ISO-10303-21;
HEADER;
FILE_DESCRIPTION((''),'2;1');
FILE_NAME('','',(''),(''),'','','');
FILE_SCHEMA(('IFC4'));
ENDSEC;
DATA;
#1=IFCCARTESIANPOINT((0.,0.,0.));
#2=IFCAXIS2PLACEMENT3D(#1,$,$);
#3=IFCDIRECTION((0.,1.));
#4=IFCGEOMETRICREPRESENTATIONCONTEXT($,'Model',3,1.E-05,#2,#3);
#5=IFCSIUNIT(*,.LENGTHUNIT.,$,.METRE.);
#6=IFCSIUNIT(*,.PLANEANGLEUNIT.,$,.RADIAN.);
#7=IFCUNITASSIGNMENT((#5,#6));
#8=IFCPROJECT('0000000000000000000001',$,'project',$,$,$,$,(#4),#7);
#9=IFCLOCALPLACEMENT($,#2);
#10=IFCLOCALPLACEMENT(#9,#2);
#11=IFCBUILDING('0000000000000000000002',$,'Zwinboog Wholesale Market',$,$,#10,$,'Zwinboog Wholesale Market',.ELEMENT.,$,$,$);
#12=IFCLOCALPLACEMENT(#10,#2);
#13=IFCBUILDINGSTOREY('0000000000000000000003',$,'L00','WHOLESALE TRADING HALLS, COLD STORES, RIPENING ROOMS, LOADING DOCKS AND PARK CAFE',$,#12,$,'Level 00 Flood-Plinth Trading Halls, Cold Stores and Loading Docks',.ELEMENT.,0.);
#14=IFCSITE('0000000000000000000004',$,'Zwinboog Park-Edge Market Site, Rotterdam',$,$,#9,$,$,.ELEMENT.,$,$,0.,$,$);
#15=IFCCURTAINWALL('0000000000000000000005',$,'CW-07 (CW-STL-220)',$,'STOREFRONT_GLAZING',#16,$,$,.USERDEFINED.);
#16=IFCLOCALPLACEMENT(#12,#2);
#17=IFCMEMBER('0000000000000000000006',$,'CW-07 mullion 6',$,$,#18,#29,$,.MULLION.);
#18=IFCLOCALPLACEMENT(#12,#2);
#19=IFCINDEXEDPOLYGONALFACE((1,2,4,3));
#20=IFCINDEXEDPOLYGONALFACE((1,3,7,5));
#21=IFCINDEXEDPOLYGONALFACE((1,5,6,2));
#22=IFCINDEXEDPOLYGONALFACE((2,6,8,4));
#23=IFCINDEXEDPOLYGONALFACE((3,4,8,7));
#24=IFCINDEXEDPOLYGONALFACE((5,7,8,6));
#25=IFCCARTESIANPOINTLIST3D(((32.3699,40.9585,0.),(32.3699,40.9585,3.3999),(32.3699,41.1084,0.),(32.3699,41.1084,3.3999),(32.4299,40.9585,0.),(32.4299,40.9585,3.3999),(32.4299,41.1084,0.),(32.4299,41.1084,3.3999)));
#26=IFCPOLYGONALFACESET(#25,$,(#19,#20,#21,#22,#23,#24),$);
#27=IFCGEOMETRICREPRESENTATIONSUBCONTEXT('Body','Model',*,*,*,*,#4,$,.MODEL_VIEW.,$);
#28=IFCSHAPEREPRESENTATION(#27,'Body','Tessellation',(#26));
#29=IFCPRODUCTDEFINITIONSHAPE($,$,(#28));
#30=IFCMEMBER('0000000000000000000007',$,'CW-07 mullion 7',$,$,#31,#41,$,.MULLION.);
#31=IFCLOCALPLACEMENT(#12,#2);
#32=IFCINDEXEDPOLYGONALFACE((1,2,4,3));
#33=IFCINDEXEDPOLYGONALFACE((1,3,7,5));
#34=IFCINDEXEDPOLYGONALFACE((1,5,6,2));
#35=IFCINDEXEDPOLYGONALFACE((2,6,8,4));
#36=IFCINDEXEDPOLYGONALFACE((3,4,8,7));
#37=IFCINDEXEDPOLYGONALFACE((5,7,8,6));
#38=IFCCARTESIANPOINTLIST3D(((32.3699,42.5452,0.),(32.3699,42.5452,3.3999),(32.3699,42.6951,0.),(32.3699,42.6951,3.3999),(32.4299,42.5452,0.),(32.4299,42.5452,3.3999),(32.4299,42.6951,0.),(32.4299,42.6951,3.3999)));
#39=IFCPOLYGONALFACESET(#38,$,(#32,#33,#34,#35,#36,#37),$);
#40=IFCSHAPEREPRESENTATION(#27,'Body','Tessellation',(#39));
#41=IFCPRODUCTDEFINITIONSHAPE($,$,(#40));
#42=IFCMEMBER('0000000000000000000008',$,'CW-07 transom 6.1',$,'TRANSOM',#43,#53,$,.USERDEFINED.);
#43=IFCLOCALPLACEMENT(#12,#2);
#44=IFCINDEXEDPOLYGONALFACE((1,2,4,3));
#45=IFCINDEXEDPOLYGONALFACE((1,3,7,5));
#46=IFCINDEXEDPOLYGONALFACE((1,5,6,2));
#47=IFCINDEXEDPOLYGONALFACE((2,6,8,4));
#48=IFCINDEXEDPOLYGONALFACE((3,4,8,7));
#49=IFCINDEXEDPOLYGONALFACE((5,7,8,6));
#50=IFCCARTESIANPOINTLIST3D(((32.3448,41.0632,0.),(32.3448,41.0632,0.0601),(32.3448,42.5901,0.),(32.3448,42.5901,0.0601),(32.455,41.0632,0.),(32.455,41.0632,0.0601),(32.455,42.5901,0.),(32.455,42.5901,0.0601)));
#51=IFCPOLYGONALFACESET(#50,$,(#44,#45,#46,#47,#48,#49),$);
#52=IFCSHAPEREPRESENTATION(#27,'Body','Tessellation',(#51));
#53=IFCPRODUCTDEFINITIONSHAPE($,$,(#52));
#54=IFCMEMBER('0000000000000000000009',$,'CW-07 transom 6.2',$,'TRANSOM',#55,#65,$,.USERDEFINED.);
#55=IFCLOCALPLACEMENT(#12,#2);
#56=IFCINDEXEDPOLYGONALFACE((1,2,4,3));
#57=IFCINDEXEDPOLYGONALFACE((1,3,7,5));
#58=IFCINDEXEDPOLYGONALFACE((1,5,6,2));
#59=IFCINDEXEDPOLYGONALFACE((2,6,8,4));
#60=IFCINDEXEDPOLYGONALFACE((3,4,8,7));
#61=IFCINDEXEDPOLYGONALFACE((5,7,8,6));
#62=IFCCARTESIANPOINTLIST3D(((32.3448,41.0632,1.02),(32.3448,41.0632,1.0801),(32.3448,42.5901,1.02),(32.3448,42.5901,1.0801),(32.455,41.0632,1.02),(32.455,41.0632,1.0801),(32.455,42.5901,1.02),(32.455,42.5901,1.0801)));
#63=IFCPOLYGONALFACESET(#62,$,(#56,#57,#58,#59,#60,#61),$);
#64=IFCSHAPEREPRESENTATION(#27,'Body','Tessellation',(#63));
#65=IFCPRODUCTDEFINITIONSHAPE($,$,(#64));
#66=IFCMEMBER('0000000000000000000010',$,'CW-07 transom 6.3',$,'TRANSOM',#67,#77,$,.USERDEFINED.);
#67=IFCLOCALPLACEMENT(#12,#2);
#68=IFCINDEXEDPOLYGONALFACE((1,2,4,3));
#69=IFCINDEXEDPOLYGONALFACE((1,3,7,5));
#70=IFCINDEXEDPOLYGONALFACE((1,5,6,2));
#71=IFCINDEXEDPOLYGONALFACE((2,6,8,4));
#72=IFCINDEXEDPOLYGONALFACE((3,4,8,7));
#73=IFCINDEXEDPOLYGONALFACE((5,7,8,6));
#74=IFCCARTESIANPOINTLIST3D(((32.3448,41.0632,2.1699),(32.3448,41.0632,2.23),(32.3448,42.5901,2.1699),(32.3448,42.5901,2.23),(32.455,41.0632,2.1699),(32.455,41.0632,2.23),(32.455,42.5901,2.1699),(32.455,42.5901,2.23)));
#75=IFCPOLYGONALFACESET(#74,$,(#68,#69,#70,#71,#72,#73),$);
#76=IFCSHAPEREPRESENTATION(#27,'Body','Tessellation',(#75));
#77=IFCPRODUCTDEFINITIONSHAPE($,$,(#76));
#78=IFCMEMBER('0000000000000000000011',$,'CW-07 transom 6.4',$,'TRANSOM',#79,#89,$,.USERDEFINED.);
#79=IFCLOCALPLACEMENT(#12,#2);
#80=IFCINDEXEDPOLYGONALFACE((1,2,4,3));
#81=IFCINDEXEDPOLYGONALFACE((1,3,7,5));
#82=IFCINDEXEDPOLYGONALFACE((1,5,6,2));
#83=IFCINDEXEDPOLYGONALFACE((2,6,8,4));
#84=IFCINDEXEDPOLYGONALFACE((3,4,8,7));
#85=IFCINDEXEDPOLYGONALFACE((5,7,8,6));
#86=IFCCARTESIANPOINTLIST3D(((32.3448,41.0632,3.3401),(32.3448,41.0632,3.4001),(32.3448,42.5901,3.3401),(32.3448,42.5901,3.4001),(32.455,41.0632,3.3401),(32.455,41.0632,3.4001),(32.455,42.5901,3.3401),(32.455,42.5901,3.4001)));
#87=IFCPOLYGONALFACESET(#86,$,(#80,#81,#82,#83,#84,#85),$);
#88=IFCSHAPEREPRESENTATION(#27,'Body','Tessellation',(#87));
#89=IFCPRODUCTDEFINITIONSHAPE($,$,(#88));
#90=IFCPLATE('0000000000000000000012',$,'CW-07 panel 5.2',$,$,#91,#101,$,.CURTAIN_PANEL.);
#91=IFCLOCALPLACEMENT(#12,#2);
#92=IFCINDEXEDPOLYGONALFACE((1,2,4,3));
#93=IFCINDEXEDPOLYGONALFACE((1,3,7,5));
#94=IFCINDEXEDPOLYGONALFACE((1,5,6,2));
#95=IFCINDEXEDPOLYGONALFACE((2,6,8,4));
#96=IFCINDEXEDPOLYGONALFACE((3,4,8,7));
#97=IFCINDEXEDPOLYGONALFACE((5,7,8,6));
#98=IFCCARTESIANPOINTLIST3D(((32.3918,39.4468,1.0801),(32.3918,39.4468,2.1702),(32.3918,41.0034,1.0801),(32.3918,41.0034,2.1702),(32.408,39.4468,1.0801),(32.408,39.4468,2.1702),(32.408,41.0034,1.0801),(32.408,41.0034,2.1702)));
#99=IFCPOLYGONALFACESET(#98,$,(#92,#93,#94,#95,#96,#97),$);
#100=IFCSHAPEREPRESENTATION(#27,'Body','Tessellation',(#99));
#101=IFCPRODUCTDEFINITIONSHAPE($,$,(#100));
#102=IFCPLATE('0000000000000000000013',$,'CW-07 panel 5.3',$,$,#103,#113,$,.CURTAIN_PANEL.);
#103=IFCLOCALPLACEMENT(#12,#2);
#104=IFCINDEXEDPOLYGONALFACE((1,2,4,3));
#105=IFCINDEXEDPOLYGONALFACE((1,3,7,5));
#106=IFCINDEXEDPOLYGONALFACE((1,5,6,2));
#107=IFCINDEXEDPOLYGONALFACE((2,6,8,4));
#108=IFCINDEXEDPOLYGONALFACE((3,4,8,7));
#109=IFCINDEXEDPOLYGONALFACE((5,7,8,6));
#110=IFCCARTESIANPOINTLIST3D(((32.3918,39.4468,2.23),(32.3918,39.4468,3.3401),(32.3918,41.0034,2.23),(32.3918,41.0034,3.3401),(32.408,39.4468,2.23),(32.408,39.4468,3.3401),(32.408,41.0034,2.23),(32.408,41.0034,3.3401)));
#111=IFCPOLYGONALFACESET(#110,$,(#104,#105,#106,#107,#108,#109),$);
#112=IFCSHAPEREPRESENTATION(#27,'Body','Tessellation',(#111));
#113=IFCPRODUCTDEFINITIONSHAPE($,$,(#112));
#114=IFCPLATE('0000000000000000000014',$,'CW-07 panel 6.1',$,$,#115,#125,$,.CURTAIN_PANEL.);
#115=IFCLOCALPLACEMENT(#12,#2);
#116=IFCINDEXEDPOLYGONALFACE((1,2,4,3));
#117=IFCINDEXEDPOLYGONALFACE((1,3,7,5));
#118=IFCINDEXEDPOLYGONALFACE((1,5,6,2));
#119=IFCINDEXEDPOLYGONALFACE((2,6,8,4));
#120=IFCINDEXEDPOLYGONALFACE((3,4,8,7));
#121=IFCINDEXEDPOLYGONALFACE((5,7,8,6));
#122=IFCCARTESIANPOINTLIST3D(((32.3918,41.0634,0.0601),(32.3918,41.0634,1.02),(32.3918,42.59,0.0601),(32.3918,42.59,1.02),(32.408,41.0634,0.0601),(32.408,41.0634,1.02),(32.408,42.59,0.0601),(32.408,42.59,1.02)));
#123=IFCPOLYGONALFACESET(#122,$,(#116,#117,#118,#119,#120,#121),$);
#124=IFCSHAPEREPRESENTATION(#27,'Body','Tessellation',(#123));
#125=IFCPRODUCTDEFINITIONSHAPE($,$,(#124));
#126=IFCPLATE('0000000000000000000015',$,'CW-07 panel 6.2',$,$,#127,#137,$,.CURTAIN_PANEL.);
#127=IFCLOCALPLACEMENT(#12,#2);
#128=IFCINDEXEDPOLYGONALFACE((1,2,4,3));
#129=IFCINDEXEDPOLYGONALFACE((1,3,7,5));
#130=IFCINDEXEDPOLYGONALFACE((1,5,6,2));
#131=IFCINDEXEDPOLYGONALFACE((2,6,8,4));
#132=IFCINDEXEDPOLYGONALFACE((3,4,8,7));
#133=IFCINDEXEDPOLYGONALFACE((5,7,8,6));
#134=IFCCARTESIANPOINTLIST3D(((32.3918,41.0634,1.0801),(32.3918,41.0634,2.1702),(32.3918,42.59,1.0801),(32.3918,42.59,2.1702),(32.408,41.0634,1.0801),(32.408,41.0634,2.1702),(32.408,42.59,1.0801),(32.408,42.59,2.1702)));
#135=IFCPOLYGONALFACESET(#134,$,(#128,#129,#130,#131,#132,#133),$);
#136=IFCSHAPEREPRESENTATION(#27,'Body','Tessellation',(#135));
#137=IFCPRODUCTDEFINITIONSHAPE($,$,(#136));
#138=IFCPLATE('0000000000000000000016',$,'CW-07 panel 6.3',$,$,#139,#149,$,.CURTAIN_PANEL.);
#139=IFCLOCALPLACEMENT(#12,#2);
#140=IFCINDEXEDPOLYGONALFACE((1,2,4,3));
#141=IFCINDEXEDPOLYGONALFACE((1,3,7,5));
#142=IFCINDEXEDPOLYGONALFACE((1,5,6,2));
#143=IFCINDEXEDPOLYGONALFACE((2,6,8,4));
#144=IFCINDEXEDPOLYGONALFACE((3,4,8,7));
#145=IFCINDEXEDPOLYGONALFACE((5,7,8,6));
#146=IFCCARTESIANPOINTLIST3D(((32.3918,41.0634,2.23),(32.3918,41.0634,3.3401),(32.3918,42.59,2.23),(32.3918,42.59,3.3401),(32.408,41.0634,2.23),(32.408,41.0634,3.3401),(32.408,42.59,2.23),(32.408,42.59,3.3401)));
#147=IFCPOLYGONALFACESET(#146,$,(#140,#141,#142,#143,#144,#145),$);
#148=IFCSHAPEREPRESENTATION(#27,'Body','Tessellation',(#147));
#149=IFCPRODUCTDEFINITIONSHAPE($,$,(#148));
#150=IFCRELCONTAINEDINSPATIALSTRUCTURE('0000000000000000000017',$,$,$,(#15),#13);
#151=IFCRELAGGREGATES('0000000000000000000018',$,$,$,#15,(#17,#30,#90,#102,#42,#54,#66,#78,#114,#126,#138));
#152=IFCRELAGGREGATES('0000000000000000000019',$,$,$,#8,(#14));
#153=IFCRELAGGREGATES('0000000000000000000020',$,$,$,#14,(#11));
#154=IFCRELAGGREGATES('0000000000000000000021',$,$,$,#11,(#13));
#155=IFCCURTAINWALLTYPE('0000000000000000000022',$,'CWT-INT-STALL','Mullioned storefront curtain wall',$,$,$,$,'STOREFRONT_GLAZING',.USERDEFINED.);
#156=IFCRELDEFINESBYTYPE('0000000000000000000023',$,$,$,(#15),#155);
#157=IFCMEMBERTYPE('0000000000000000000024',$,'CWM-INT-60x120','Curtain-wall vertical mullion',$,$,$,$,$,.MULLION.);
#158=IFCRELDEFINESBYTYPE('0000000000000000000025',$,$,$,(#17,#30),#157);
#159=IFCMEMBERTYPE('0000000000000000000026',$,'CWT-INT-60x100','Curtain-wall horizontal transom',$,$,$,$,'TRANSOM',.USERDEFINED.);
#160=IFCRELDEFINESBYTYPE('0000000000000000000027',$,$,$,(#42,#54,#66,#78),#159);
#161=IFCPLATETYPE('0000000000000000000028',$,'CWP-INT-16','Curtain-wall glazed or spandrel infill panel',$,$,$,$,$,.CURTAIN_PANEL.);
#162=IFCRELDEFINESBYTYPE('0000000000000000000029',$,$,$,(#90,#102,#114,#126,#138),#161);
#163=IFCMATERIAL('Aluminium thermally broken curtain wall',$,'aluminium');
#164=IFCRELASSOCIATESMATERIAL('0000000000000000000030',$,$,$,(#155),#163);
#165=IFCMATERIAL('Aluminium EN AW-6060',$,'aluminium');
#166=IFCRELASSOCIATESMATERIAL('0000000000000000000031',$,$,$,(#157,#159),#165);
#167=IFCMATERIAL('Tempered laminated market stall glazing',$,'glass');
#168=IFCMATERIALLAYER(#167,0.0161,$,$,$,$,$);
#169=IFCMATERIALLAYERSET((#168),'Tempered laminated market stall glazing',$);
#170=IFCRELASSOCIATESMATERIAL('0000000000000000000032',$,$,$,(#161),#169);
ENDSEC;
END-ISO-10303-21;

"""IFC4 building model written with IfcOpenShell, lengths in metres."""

from ifc_helpers import new_model, si_unit, direction, frame, origin, origin_2d, place, context, subcontext, project, spatial, rectangle, extrude, material, layer, layer_set, material_profile, profile_set, type_object, element, aggregate, save


model = new_model("IFC4")

# Units and contexts
model_context = context("Model", 3, precision=1e-05, world=origin(), true_north=direction((0.0, 1.0)))
body_context = subcontext(model_context, "Body", "Model", "MODEL_VIEW")
ifc_project = project(units=[si_unit("LENGTHUNIT", "METRE"), si_unit("PLANEANGLEUNIT", "RADIAN")], contexts=[model_context])

# Site, building, storey
site_placement = place(None, origin())
site = spatial("IfcSite", under=ifc_project, at=site_placement, Name="Zwinboog Park-Edge Market Site, Rotterdam", CompositionType="ELEMENT", RefElevation=0.0)
building_placement = place(site_placement, origin())
building = spatial("IfcBuilding", under=site, at=building_placement, Name="Zwinboog Wholesale Market", LongName="Zwinboog Wholesale Market", CompositionType="ELEMENT")
storey_placement = place(building_placement, origin())
storey = spatial("IfcBuildingStorey", under=building, at=storey_placement, Name="L00", Description="WHOLESALE TRADING HALLS, COLD STORES, RIPENING ROOMS, LOADING DOCKS AND PARK CAFE", LongName="Level 00 Flood-Plinth Trading Halls, Cold Stores and Loading Docks", CompositionType="ELEMENT", Elevation=0.0)

# Curtain wall, members, plates
ifc_material_1 = material(Name="Aluminium thermally broken curtain wall", Category="aluminium")
curtain_wall_type = type_object("IfcCurtainWallType", Name="CWT-INT-STALL", Description="Mullioned storefront curtain wall", ElementType="STOREFRONT_GLAZING", PredefinedType="USERDEFINED", material=ifc_material_1)
curtain_wall_placement = place(storey_placement, origin())
curtain_wall = element("IfcCurtainWall", 1, at=curtain_wall_placement, inside=storey, type_object=curtain_wall_type, Name="CW-07 (CW-STL-220)", ObjectType="STOREFRONT_GLAZING", PredefinedType="USERDEFINED")
ifc_material_2 = material(Name="Aluminium EN AW-6060", Category="aluminium")
ifc_material_profile_1 = material_profile(ifc_material_2, rectangle(XDim=0.0601, YDim=0.1499, at=origin_2d()), Name="AL 60x150")
ifc_profile_set_1 = profile_set([ifc_material_profile_1], Name="Aluminium EN AW-6060")
member_type_1 = type_object("IfcMemberType", Name="CWM-INT-60x120", Description="Curtain-wall vertical mullion", PredefinedType="MULLION", material=ifc_profile_set_1)
member_1_placement = place(storey_placement, frame((32.3999, 41.0334, 0.0), z_axis=(0.0, 0.0, 1.0), x_axis=(-1.0, 0.0, 0.0)))
member_1 = element("IfcMember", 2, at=member_1_placement, type_object=member_type_1, Name="CW-07 mullion 6", PredefinedType="MULLION", context=body_context, shape_type="SweptSolid", body=[
    extrude(rectangle(XDim=0.0601, YDim=0.1499, at=origin_2d()), origin(), (0.0, 0.0, 1.0), 3.3999),
])
member_2_placement = place(storey_placement, frame((32.3999, 42.6201, 0.0), z_axis=(0.0, 0.0, 1.0), x_axis=(-1.0, 0.0, 0.0)))
member_2 = element("IfcMember", 3, at=member_2_placement, type_object=member_type_1, Name="CW-07 mullion 7", PredefinedType="MULLION", context=body_context, shape_type="SweptSolid", body=[
    extrude(rectangle(XDim=0.0601, YDim=0.1499, at=origin_2d()), origin(), (0.0, 0.0, 1.0), 3.3999),
])
ifc_material_profile_2 = material_profile(ifc_material_2, rectangle(XDim=0.1101, YDim=0.0601, at=origin_2d()), Name="AL 60x110")
ifc_profile_set_2 = profile_set([ifc_material_profile_2], Name="Aluminium EN AW-6060")
member_type_2 = type_object("IfcMemberType", Name="CWT-INT-60x100", Description="Curtain-wall horizontal transom", ElementType="TRANSOM", PredefinedType="USERDEFINED", material=ifc_profile_set_2)
member_3_placement = place(storey_placement, frame((32.3999, 41.0632, 0.03), z_axis=(0.0, 1.0, 0.0), x_axis=(-1.0, 0.0, 0.0)))
member_3 = element("IfcMember", 4, at=member_3_placement, type_object=member_type_2, Name="CW-07 transom 6.1", ObjectType="TRANSOM", PredefinedType="USERDEFINED", context=body_context, shape_type="SweptSolid", body=[
    extrude(rectangle(XDim=0.1101, YDim=0.0601, at=origin_2d()), origin(), (0.0, 0.0, 1.0), 1.5269),
])
member_4_placement = place(storey_placement, frame((32.3999, 41.0632, 1.05), z_axis=(0.0, 1.0, 0.0), x_axis=(-1.0, 0.0, 0.0)))
member_4 = element("IfcMember", 5, at=member_4_placement, type_object=member_type_2, Name="CW-07 transom 6.2", ObjectType="TRANSOM", PredefinedType="USERDEFINED", context=body_context, shape_type="SweptSolid", body=[
    extrude(rectangle(XDim=0.1101, YDim=0.0601, at=origin_2d()), origin(), (0.0, 0.0, 1.0), 1.5269),
])
member_5_placement = place(storey_placement, frame((32.3999, 41.0632, 2.2), z_axis=(0.0, 1.0, 0.0), x_axis=(-1.0, 0.0, 0.0)))
member_5 = element("IfcMember", 6, at=member_5_placement, type_object=member_type_2, Name="CW-07 transom 6.3", ObjectType="TRANSOM", PredefinedType="USERDEFINED", context=body_context, shape_type="SweptSolid", body=[
    extrude(rectangle(XDim=0.1101, YDim=0.0601, at=origin_2d()), origin(), (0.0, 0.0, 1.0), 1.5269),
])
member_6_placement = place(storey_placement, frame((32.3999, 41.0632, 3.3701), z_axis=(0.0, 1.0, 0.0), x_axis=(-1.0, 0.0, 0.0)))
member_6 = element("IfcMember", 7, at=member_6_placement, type_object=member_type_2, Name="CW-07 transom 6.4", ObjectType="TRANSOM", PredefinedType="USERDEFINED", context=body_context, shape_type="SweptSolid", body=[
    extrude(rectangle(XDim=0.1101, YDim=0.0601, at=origin_2d()), origin(), (0.0, 0.0, 1.0), 1.5269),
])
ifc_material_3 = material(Name="Tempered laminated market stall glazing", Category="glass")
ifc_layer = layer(ifc_material_3, 0.0161)
ifc_layer_set = layer_set([ifc_layer], Name="Tempered laminated market stall glazing")
plate_type = type_object("IfcPlateType", Name="CWP-INT-16", Description="Curtain-wall glazed or spandrel infill panel", PredefinedType="CURTAIN_PANEL", material=ifc_layer_set)
plate_1_placement = place(storey_placement, frame((32.3999, 40.2251, 1.0801), z_axis=(0.0, 0.0, 1.0), x_axis=(0.0, 1.0, 0.0)))
plate_1 = element("IfcPlate", 8, at=plate_1_placement, type_object=plate_type, Name="CW-07 panel 5.2", PredefinedType="CURTAIN_PANEL", context=body_context, shape_type="SweptSolid", body=[
    extrude(rectangle(XDim=1.5566, YDim=0.0161, at=origin_2d()), origin(), (0.0, 0.0, 1.0), 1.0901),
])
plate_2_placement = place(storey_placement, frame((32.3999, 40.2251, 2.23), z_axis=(0.0, 0.0, 1.0), x_axis=(0.0, 1.0, 0.0)))
plate_2 = element("IfcPlate", 9, at=plate_2_placement, type_object=plate_type, Name="CW-07 panel 5.3", PredefinedType="CURTAIN_PANEL", context=body_context, shape_type="SweptSolid", body=[
    extrude(rectangle(XDim=1.5566, YDim=0.0161, at=origin_2d()), origin(), (0.0, 0.0, 1.0), 1.1101),
])
plate_3_placement = place(storey_placement, frame((32.3999, 41.8267, 0.0601), z_axis=(0.0, 0.0, 1.0), x_axis=(0.0, 1.0, 0.0)))
plate_3 = element("IfcPlate", 10, at=plate_3_placement, type_object=plate_type, Name="CW-07 panel 6.1", PredefinedType="CURTAIN_PANEL", context=body_context, shape_type="SweptSolid", body=[
    extrude(rectangle(XDim=1.5266, YDim=0.0161, at=origin_2d()), origin(), (0.0, 0.0, 1.0), 0.96),
])
plate_4_placement = place(storey_placement, frame((32.3999, 41.8267, 1.0801), z_axis=(0.0, 0.0, 1.0), x_axis=(0.0, 1.0, 0.0)))
plate_4 = element("IfcPlate", 11, at=plate_4_placement, type_object=plate_type, Name="CW-07 panel 6.2", PredefinedType="CURTAIN_PANEL", context=body_context, shape_type="SweptSolid", body=[
    extrude(rectangle(XDim=1.5266, YDim=0.0161, at=origin_2d()), origin(), (0.0, 0.0, 1.0), 1.0901),
])
plate_5_placement = place(storey_placement, frame((32.3999, 41.8267, 2.23), z_axis=(0.0, 0.0, 1.0), x_axis=(0.0, 1.0, 0.0)))
plate_5 = element("IfcPlate", 12, at=plate_5_placement, type_object=plate_type, Name="CW-07 panel 6.3", PredefinedType="CURTAIN_PANEL", context=body_context, shape_type="SweptSolid", body=[
    extrude(rectangle(XDim=1.5266, YDim=0.0161, at=origin_2d()), origin(), (0.0, 0.0, 1.0), 1.1101),
])
aggregate(curtain_wall, [member_1, member_2, plate_1, plate_2, member_3, member_4, member_5, member_6, plate_3, plate_4, plate_5])

save(model, "model.ifc")
